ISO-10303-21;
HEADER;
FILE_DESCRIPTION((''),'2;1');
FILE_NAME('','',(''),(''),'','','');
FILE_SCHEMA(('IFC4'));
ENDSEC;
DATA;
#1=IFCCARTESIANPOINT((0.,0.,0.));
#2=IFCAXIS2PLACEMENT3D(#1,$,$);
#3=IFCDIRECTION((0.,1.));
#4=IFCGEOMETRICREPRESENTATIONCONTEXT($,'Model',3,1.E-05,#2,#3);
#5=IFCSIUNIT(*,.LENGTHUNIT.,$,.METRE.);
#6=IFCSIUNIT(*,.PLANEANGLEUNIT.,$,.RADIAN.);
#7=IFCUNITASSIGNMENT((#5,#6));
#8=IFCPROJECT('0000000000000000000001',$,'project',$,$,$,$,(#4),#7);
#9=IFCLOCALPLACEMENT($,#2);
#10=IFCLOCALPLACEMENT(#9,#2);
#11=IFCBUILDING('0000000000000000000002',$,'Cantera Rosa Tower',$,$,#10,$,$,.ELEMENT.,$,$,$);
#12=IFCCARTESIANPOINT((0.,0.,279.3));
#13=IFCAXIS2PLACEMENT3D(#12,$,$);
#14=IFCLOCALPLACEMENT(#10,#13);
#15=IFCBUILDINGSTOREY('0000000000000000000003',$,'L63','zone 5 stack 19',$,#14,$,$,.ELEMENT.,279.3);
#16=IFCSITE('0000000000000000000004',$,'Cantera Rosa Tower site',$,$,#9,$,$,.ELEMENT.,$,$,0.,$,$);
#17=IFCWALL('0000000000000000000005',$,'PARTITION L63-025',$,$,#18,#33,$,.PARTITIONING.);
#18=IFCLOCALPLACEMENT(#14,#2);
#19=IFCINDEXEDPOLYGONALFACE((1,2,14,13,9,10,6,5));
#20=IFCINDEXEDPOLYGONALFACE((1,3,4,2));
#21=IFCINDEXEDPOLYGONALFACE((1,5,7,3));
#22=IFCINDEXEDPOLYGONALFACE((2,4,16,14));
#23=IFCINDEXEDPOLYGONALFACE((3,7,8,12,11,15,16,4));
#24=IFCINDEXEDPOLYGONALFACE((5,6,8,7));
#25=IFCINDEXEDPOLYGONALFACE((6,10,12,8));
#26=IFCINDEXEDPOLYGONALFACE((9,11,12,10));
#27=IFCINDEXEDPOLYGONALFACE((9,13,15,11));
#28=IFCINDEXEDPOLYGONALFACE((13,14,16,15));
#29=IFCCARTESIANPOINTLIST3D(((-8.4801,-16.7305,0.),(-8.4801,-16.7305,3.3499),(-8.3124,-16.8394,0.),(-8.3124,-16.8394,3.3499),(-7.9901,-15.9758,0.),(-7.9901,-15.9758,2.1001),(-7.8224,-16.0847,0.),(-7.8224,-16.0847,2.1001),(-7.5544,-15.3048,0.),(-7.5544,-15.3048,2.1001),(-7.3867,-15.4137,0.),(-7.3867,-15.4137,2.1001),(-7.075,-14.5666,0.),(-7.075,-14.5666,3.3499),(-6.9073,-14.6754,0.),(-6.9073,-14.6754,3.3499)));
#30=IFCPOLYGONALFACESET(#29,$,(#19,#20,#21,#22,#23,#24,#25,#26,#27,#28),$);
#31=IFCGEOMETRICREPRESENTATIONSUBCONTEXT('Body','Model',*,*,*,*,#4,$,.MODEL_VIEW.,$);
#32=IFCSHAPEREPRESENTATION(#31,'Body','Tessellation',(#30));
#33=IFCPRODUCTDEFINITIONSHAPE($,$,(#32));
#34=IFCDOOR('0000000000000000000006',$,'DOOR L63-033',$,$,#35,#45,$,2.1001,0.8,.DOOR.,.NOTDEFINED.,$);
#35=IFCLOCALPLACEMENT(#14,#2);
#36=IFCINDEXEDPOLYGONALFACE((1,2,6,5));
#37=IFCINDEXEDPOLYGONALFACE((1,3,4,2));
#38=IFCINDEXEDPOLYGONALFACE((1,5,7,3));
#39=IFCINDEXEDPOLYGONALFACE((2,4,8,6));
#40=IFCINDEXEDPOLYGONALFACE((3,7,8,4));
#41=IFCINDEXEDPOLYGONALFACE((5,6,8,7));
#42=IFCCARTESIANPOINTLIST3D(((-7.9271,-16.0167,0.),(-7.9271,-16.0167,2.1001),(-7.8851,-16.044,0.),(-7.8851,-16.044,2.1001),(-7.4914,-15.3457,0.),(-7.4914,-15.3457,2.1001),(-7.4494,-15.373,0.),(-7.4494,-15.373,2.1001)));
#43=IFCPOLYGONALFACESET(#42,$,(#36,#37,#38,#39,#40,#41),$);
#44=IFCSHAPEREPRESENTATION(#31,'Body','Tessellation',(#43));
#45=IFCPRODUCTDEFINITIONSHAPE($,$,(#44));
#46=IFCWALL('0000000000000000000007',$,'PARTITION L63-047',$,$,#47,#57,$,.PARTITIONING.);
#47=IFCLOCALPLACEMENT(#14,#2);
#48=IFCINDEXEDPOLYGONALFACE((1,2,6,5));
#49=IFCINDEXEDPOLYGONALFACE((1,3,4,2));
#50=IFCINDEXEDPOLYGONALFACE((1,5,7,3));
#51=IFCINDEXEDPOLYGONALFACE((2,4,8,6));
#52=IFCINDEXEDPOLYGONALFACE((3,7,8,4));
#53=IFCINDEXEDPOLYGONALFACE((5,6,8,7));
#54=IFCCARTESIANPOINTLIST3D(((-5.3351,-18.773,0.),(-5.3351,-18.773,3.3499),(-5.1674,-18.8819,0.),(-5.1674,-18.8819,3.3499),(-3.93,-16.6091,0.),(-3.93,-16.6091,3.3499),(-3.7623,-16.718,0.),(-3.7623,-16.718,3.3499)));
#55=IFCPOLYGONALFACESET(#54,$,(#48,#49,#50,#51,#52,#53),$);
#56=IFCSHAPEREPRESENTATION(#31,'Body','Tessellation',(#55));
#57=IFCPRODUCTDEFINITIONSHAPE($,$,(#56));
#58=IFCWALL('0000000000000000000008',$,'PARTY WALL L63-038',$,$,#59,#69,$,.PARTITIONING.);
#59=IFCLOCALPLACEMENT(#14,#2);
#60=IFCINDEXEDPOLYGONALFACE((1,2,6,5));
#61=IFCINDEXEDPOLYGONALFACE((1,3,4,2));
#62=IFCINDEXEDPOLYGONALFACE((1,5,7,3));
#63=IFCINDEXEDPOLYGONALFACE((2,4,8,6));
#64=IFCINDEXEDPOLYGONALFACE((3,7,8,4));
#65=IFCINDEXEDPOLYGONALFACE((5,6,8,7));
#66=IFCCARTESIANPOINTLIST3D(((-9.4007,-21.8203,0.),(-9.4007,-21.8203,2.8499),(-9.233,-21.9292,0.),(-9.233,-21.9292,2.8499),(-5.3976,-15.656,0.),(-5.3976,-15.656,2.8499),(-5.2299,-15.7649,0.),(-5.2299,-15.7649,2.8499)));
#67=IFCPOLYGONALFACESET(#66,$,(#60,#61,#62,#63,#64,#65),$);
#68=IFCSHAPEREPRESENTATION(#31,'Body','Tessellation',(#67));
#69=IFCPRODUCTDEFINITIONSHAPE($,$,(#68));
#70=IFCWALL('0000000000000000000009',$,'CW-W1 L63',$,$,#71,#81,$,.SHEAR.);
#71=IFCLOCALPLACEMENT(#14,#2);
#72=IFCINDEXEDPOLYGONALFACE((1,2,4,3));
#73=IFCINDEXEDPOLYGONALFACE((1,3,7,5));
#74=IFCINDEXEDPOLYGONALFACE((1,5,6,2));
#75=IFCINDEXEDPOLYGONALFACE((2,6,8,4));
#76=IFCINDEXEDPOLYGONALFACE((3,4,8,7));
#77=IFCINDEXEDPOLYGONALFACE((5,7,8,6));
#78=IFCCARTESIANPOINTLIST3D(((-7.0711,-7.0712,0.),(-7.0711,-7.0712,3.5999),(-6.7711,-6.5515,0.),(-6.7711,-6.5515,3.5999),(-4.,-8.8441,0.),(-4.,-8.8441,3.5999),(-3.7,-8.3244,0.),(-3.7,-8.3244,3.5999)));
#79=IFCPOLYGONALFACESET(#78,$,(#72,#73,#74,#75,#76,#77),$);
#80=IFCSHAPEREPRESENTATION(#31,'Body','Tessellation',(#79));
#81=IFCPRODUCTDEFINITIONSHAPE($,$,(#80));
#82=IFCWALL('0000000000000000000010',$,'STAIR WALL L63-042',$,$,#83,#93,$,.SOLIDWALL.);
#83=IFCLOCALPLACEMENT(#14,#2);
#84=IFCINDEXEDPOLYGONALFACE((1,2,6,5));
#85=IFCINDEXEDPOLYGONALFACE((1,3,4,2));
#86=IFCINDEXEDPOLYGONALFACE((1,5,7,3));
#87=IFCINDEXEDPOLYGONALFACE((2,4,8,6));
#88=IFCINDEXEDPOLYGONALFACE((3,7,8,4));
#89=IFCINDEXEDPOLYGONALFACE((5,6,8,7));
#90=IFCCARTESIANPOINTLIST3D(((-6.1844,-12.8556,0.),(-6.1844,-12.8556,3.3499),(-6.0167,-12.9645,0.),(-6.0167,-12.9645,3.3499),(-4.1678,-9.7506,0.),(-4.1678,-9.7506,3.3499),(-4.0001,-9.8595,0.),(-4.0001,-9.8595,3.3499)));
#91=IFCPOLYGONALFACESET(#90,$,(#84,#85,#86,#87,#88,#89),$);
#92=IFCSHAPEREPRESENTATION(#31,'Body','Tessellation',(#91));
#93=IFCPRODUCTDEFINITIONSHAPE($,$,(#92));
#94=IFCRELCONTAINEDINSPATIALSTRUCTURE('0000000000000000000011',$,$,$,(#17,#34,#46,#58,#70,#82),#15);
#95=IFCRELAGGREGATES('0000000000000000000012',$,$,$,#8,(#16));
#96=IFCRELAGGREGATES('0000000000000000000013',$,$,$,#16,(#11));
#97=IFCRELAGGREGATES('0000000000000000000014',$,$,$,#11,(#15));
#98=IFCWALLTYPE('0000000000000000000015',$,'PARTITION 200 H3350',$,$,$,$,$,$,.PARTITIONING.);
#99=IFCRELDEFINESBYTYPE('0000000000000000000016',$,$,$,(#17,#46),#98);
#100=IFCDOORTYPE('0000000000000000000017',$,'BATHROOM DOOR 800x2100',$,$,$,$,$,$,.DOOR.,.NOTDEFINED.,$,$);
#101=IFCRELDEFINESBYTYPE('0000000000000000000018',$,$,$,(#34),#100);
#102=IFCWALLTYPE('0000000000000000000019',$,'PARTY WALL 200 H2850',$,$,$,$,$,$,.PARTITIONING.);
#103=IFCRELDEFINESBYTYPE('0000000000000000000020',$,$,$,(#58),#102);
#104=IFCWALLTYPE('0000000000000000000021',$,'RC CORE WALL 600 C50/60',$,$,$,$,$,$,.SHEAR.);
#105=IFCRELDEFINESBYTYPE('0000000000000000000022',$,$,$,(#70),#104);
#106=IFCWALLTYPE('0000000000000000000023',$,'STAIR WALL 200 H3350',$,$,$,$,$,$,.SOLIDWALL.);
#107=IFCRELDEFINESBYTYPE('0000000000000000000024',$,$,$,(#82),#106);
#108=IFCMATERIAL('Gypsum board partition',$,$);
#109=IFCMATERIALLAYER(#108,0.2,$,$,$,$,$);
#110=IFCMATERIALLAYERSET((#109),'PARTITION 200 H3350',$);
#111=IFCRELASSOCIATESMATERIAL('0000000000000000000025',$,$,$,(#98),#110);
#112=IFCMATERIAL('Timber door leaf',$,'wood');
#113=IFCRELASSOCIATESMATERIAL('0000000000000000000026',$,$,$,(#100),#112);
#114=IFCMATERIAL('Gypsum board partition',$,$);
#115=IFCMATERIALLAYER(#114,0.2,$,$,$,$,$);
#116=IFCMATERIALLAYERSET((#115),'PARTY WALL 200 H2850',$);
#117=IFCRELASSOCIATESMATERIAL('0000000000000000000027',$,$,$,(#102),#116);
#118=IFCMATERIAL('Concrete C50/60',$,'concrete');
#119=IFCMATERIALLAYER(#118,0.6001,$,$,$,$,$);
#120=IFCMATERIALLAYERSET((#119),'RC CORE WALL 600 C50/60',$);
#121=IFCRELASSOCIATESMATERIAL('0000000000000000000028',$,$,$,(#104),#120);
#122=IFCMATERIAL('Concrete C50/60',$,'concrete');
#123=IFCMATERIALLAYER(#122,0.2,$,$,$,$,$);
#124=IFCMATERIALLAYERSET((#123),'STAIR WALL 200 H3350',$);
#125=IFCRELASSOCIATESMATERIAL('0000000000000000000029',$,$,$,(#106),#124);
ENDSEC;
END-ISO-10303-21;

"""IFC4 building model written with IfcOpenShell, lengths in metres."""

from ifc_helpers import new_model, si_unit, direction, frame, frame_2d, origin, place, context, subcontext, project, spatial, rectangle, extrude, material, layer, layer_set, type_object, element, fill, save


model = new_model("IFC4")

# Units and contexts
model_context = context("Model", 3, precision=1e-05, world=origin(), true_north=direction((0.0, 1.0)))
body_context = subcontext(model_context, "Body", "Model", "MODEL_VIEW")
ifc_project = project(units=[si_unit("LENGTHUNIT", "METRE"), si_unit("PLANEANGLEUNIT", "RADIAN")], contexts=[model_context])

# Site, building, storey
site_placement = place(None, origin())
site = spatial("IfcSite", under=ifc_project, at=site_placement, Name="Cantera Rosa Tower site", CompositionType="ELEMENT", RefElevation=0.0)
building_placement = place(site_placement, origin())
building = spatial("IfcBuilding", under=site, at=building_placement, Name="Cantera Rosa Tower", CompositionType="ELEMENT")
storey_placement = place(building_placement, frame((0.0, 0.0, 279.3)))
storey = spatial("IfcBuildingStorey", under=building, at=storey_placement, Name="L63", Description="zone 5 stack 19", CompositionType="ELEMENT", Elevation=279.3)

# Wall, opening, door
ifc_material_1 = material(Name="Gypsum board partition")
ifc_layer_1 = layer(ifc_material_1, 0.2)
ifc_layer_set_1 = layer_set([ifc_layer_1], Name="PARTITION 200 H3350")
wall_type_1 = type_object("IfcWallType", Name="PARTITION 200 H3350", PredefinedType="PARTITIONING", material=ifc_layer_set_1)
wall_1_placement = place(storey_placement, frame((-8.3962, -16.7849, 0.0), z_axis=(0.0, 0.0, 1.0), x_axis=(0.544592, 0.838701, 0.0)))
wall_1 = element("IfcWall", 1, at=wall_1_placement, inside=storey, type_object=wall_type_1, Name="PARTITION L63-025", PredefinedType="PARTITIONING", context=body_context, shape_type="SweptSolid", body=[
    extrude(rectangle(XDim=2.5801, YDim=0.2, at=frame_2d((1.29, 0.0))), origin(), (0.0, 0.0, 1.0), 3.3499),
])
opening_1_placement = place(wall_1_placement, frame((0.8999, 0.0, 0.0)))
opening_1 = element("IfcOpeningElement", 2, at=opening_1_placement, cuts=wall_1, PredefinedType="OPENING", context=body_context, shape_type="SweptSolid", body=[
    extrude(rectangle(XDim=0.8, YDim=2.1001, at=frame_2d((0.3999, 1.05))), frame((0.0, 0.1099, 0.0), z_axis=(0.0, -1.0, 0.0), x_axis=(1.0, 0.0, 0.0)), (0.0, 0.0, 1.0), 0.22),
])
ifc_material_2 = material(Name="Timber door leaf", Category="wood")
door_type_1 = type_object("IfcDoorType", Name="BATHROOM DOOR 800x2100", OperationType="NOTDEFINED", PredefinedType="DOOR", material=ifc_material_2)
door_1_placement = place(opening_1_placement, origin())
door_1 = element("IfcDoor", 3, at=door_1_placement, inside=storey, type_object=door_type_1, Name="DOOR L63-033", OperationType="NOTDEFINED", OverallHeight=2.1001, OverallWidth=0.8, PredefinedType="DOOR", context=body_context, shape_type="SweptSolid", body=[
    extrude(rectangle(XDim=0.8, YDim=2.1001, at=frame_2d((0.3999, 1.05))), frame((0.0, 0.0249, 0.0), z_axis=(0.0, -1.0, 0.0), x_axis=(1.0, 0.0, 0.0)), (0.0, 0.0, 1.0), 0.05),
])
fill(opening_1, door_1)

# Walls
wall_2_placement = place(storey_placement, frame((-3.8462, -16.6636, 0.0), z_axis=(0.0, 0.0, 1.0), x_axis=(-0.544592, -0.838701, 0.0)))
element("IfcWall", 4, at=wall_2_placement, inside=storey, type_object=wall_type_1, Name="PARTITION L63-047", PredefinedType="PARTITIONING", context=body_context, shape_type="SweptSolid", body=[
    extrude(rectangle(XDim=2.5801, YDim=0.2, at=frame_2d((1.29, 0.0))), origin(), (0.0, 0.0, 1.0), 3.3499),
])
ifc_material_3 = material(Name="Gypsum board partition")
ifc_layer_2 = layer(ifc_material_3, 0.2)
ifc_layer_set_2 = layer_set([ifc_layer_2], Name="PARTY WALL 200 H2850")
wall_type_2 = type_object("IfcWallType", Name="PARTY WALL 200 H2850", PredefinedType="PARTITIONING", material=ifc_layer_set_2)
wall_3_placement = place(storey_placement, frame((-5.3137, -15.7104, 0.0), z_axis=(0.0, 0.0, 1.0), x_axis=(-0.544642, -0.838669, 0.0)))
element("IfcWall", 5, at=wall_3_placement, inside=storey, type_object=wall_type_2, Name="PARTY WALL L63-038", PredefinedType="PARTITIONING", context=body_context, shape_type="SweptSolid", body=[
    extrude(rectangle(XDim=7.3501, YDim=0.2, at=frame_2d((3.675, 0.0))), origin(), (0.0, 0.0, 1.0), 2.8499),
])
ifc_material_4 = material(Name="Concrete C50/60", Category="concrete")
ifc_layer_3 = layer(ifc_material_4, 0.6001)
ifc_layer_set_3 = layer_set([ifc_layer_3], Name="RC CORE WALL 600 C50/60")
wall_type_3 = type_object("IfcWallType", Name="RC CORE WALL 600 C50/60", PredefinedType="SHEAR", material=ifc_layer_set_3)
wall_4_placement = place(storey_placement, frame((-3.8501, -8.5842, 0.0), z_axis=(0.0, 0.0, 1.0), x_axis=(-0.86604, 0.499975, 0.0)))
element("IfcWall", 6, at=wall_4_placement, inside=storey, type_object=wall_type_3, Name="CW-W1 L63", PredefinedType="SHEAR", context=body_context, shape_type="SweptSolid", body=[
    extrude(rectangle(XDim=3.5461, YDim=0.6001, at=frame_2d((1.7729, 0.0))), origin(), (0.0, 0.0, 1.0), 3.5999),
])
ifc_material_5 = material(Name="Concrete C50/60", Category="concrete")
ifc_layer_4 = layer(ifc_material_5, 0.2)
ifc_layer_set_4 = layer_set([ifc_layer_4], Name="STAIR WALL 200 H3350")
wall_type_4 = type_object("IfcWallType", Name="STAIR WALL 200 H3350", PredefinedType="SOLIDWALL", material=ifc_layer_set_4)
wall_5_placement = place(storey_placement, frame((-4.084, -9.8052, 0.0), z_axis=(0.0, 0.0, 1.0), x_axis=(-0.544678, -0.838645, 0.0)))
element("IfcWall", 7, at=wall_5_placement, inside=storey, type_object=wall_type_4, Name="STAIR WALL L63-042", PredefinedType="SOLIDWALL", context=body_context, shape_type="SweptSolid", body=[
    extrude(rectangle(XDim=3.7024, YDim=0.2, at=frame_2d((1.8511, 0.0))), origin(), (0.0, 0.0, 1.0), 3.3499),
])

save(model, "model.ifc")
